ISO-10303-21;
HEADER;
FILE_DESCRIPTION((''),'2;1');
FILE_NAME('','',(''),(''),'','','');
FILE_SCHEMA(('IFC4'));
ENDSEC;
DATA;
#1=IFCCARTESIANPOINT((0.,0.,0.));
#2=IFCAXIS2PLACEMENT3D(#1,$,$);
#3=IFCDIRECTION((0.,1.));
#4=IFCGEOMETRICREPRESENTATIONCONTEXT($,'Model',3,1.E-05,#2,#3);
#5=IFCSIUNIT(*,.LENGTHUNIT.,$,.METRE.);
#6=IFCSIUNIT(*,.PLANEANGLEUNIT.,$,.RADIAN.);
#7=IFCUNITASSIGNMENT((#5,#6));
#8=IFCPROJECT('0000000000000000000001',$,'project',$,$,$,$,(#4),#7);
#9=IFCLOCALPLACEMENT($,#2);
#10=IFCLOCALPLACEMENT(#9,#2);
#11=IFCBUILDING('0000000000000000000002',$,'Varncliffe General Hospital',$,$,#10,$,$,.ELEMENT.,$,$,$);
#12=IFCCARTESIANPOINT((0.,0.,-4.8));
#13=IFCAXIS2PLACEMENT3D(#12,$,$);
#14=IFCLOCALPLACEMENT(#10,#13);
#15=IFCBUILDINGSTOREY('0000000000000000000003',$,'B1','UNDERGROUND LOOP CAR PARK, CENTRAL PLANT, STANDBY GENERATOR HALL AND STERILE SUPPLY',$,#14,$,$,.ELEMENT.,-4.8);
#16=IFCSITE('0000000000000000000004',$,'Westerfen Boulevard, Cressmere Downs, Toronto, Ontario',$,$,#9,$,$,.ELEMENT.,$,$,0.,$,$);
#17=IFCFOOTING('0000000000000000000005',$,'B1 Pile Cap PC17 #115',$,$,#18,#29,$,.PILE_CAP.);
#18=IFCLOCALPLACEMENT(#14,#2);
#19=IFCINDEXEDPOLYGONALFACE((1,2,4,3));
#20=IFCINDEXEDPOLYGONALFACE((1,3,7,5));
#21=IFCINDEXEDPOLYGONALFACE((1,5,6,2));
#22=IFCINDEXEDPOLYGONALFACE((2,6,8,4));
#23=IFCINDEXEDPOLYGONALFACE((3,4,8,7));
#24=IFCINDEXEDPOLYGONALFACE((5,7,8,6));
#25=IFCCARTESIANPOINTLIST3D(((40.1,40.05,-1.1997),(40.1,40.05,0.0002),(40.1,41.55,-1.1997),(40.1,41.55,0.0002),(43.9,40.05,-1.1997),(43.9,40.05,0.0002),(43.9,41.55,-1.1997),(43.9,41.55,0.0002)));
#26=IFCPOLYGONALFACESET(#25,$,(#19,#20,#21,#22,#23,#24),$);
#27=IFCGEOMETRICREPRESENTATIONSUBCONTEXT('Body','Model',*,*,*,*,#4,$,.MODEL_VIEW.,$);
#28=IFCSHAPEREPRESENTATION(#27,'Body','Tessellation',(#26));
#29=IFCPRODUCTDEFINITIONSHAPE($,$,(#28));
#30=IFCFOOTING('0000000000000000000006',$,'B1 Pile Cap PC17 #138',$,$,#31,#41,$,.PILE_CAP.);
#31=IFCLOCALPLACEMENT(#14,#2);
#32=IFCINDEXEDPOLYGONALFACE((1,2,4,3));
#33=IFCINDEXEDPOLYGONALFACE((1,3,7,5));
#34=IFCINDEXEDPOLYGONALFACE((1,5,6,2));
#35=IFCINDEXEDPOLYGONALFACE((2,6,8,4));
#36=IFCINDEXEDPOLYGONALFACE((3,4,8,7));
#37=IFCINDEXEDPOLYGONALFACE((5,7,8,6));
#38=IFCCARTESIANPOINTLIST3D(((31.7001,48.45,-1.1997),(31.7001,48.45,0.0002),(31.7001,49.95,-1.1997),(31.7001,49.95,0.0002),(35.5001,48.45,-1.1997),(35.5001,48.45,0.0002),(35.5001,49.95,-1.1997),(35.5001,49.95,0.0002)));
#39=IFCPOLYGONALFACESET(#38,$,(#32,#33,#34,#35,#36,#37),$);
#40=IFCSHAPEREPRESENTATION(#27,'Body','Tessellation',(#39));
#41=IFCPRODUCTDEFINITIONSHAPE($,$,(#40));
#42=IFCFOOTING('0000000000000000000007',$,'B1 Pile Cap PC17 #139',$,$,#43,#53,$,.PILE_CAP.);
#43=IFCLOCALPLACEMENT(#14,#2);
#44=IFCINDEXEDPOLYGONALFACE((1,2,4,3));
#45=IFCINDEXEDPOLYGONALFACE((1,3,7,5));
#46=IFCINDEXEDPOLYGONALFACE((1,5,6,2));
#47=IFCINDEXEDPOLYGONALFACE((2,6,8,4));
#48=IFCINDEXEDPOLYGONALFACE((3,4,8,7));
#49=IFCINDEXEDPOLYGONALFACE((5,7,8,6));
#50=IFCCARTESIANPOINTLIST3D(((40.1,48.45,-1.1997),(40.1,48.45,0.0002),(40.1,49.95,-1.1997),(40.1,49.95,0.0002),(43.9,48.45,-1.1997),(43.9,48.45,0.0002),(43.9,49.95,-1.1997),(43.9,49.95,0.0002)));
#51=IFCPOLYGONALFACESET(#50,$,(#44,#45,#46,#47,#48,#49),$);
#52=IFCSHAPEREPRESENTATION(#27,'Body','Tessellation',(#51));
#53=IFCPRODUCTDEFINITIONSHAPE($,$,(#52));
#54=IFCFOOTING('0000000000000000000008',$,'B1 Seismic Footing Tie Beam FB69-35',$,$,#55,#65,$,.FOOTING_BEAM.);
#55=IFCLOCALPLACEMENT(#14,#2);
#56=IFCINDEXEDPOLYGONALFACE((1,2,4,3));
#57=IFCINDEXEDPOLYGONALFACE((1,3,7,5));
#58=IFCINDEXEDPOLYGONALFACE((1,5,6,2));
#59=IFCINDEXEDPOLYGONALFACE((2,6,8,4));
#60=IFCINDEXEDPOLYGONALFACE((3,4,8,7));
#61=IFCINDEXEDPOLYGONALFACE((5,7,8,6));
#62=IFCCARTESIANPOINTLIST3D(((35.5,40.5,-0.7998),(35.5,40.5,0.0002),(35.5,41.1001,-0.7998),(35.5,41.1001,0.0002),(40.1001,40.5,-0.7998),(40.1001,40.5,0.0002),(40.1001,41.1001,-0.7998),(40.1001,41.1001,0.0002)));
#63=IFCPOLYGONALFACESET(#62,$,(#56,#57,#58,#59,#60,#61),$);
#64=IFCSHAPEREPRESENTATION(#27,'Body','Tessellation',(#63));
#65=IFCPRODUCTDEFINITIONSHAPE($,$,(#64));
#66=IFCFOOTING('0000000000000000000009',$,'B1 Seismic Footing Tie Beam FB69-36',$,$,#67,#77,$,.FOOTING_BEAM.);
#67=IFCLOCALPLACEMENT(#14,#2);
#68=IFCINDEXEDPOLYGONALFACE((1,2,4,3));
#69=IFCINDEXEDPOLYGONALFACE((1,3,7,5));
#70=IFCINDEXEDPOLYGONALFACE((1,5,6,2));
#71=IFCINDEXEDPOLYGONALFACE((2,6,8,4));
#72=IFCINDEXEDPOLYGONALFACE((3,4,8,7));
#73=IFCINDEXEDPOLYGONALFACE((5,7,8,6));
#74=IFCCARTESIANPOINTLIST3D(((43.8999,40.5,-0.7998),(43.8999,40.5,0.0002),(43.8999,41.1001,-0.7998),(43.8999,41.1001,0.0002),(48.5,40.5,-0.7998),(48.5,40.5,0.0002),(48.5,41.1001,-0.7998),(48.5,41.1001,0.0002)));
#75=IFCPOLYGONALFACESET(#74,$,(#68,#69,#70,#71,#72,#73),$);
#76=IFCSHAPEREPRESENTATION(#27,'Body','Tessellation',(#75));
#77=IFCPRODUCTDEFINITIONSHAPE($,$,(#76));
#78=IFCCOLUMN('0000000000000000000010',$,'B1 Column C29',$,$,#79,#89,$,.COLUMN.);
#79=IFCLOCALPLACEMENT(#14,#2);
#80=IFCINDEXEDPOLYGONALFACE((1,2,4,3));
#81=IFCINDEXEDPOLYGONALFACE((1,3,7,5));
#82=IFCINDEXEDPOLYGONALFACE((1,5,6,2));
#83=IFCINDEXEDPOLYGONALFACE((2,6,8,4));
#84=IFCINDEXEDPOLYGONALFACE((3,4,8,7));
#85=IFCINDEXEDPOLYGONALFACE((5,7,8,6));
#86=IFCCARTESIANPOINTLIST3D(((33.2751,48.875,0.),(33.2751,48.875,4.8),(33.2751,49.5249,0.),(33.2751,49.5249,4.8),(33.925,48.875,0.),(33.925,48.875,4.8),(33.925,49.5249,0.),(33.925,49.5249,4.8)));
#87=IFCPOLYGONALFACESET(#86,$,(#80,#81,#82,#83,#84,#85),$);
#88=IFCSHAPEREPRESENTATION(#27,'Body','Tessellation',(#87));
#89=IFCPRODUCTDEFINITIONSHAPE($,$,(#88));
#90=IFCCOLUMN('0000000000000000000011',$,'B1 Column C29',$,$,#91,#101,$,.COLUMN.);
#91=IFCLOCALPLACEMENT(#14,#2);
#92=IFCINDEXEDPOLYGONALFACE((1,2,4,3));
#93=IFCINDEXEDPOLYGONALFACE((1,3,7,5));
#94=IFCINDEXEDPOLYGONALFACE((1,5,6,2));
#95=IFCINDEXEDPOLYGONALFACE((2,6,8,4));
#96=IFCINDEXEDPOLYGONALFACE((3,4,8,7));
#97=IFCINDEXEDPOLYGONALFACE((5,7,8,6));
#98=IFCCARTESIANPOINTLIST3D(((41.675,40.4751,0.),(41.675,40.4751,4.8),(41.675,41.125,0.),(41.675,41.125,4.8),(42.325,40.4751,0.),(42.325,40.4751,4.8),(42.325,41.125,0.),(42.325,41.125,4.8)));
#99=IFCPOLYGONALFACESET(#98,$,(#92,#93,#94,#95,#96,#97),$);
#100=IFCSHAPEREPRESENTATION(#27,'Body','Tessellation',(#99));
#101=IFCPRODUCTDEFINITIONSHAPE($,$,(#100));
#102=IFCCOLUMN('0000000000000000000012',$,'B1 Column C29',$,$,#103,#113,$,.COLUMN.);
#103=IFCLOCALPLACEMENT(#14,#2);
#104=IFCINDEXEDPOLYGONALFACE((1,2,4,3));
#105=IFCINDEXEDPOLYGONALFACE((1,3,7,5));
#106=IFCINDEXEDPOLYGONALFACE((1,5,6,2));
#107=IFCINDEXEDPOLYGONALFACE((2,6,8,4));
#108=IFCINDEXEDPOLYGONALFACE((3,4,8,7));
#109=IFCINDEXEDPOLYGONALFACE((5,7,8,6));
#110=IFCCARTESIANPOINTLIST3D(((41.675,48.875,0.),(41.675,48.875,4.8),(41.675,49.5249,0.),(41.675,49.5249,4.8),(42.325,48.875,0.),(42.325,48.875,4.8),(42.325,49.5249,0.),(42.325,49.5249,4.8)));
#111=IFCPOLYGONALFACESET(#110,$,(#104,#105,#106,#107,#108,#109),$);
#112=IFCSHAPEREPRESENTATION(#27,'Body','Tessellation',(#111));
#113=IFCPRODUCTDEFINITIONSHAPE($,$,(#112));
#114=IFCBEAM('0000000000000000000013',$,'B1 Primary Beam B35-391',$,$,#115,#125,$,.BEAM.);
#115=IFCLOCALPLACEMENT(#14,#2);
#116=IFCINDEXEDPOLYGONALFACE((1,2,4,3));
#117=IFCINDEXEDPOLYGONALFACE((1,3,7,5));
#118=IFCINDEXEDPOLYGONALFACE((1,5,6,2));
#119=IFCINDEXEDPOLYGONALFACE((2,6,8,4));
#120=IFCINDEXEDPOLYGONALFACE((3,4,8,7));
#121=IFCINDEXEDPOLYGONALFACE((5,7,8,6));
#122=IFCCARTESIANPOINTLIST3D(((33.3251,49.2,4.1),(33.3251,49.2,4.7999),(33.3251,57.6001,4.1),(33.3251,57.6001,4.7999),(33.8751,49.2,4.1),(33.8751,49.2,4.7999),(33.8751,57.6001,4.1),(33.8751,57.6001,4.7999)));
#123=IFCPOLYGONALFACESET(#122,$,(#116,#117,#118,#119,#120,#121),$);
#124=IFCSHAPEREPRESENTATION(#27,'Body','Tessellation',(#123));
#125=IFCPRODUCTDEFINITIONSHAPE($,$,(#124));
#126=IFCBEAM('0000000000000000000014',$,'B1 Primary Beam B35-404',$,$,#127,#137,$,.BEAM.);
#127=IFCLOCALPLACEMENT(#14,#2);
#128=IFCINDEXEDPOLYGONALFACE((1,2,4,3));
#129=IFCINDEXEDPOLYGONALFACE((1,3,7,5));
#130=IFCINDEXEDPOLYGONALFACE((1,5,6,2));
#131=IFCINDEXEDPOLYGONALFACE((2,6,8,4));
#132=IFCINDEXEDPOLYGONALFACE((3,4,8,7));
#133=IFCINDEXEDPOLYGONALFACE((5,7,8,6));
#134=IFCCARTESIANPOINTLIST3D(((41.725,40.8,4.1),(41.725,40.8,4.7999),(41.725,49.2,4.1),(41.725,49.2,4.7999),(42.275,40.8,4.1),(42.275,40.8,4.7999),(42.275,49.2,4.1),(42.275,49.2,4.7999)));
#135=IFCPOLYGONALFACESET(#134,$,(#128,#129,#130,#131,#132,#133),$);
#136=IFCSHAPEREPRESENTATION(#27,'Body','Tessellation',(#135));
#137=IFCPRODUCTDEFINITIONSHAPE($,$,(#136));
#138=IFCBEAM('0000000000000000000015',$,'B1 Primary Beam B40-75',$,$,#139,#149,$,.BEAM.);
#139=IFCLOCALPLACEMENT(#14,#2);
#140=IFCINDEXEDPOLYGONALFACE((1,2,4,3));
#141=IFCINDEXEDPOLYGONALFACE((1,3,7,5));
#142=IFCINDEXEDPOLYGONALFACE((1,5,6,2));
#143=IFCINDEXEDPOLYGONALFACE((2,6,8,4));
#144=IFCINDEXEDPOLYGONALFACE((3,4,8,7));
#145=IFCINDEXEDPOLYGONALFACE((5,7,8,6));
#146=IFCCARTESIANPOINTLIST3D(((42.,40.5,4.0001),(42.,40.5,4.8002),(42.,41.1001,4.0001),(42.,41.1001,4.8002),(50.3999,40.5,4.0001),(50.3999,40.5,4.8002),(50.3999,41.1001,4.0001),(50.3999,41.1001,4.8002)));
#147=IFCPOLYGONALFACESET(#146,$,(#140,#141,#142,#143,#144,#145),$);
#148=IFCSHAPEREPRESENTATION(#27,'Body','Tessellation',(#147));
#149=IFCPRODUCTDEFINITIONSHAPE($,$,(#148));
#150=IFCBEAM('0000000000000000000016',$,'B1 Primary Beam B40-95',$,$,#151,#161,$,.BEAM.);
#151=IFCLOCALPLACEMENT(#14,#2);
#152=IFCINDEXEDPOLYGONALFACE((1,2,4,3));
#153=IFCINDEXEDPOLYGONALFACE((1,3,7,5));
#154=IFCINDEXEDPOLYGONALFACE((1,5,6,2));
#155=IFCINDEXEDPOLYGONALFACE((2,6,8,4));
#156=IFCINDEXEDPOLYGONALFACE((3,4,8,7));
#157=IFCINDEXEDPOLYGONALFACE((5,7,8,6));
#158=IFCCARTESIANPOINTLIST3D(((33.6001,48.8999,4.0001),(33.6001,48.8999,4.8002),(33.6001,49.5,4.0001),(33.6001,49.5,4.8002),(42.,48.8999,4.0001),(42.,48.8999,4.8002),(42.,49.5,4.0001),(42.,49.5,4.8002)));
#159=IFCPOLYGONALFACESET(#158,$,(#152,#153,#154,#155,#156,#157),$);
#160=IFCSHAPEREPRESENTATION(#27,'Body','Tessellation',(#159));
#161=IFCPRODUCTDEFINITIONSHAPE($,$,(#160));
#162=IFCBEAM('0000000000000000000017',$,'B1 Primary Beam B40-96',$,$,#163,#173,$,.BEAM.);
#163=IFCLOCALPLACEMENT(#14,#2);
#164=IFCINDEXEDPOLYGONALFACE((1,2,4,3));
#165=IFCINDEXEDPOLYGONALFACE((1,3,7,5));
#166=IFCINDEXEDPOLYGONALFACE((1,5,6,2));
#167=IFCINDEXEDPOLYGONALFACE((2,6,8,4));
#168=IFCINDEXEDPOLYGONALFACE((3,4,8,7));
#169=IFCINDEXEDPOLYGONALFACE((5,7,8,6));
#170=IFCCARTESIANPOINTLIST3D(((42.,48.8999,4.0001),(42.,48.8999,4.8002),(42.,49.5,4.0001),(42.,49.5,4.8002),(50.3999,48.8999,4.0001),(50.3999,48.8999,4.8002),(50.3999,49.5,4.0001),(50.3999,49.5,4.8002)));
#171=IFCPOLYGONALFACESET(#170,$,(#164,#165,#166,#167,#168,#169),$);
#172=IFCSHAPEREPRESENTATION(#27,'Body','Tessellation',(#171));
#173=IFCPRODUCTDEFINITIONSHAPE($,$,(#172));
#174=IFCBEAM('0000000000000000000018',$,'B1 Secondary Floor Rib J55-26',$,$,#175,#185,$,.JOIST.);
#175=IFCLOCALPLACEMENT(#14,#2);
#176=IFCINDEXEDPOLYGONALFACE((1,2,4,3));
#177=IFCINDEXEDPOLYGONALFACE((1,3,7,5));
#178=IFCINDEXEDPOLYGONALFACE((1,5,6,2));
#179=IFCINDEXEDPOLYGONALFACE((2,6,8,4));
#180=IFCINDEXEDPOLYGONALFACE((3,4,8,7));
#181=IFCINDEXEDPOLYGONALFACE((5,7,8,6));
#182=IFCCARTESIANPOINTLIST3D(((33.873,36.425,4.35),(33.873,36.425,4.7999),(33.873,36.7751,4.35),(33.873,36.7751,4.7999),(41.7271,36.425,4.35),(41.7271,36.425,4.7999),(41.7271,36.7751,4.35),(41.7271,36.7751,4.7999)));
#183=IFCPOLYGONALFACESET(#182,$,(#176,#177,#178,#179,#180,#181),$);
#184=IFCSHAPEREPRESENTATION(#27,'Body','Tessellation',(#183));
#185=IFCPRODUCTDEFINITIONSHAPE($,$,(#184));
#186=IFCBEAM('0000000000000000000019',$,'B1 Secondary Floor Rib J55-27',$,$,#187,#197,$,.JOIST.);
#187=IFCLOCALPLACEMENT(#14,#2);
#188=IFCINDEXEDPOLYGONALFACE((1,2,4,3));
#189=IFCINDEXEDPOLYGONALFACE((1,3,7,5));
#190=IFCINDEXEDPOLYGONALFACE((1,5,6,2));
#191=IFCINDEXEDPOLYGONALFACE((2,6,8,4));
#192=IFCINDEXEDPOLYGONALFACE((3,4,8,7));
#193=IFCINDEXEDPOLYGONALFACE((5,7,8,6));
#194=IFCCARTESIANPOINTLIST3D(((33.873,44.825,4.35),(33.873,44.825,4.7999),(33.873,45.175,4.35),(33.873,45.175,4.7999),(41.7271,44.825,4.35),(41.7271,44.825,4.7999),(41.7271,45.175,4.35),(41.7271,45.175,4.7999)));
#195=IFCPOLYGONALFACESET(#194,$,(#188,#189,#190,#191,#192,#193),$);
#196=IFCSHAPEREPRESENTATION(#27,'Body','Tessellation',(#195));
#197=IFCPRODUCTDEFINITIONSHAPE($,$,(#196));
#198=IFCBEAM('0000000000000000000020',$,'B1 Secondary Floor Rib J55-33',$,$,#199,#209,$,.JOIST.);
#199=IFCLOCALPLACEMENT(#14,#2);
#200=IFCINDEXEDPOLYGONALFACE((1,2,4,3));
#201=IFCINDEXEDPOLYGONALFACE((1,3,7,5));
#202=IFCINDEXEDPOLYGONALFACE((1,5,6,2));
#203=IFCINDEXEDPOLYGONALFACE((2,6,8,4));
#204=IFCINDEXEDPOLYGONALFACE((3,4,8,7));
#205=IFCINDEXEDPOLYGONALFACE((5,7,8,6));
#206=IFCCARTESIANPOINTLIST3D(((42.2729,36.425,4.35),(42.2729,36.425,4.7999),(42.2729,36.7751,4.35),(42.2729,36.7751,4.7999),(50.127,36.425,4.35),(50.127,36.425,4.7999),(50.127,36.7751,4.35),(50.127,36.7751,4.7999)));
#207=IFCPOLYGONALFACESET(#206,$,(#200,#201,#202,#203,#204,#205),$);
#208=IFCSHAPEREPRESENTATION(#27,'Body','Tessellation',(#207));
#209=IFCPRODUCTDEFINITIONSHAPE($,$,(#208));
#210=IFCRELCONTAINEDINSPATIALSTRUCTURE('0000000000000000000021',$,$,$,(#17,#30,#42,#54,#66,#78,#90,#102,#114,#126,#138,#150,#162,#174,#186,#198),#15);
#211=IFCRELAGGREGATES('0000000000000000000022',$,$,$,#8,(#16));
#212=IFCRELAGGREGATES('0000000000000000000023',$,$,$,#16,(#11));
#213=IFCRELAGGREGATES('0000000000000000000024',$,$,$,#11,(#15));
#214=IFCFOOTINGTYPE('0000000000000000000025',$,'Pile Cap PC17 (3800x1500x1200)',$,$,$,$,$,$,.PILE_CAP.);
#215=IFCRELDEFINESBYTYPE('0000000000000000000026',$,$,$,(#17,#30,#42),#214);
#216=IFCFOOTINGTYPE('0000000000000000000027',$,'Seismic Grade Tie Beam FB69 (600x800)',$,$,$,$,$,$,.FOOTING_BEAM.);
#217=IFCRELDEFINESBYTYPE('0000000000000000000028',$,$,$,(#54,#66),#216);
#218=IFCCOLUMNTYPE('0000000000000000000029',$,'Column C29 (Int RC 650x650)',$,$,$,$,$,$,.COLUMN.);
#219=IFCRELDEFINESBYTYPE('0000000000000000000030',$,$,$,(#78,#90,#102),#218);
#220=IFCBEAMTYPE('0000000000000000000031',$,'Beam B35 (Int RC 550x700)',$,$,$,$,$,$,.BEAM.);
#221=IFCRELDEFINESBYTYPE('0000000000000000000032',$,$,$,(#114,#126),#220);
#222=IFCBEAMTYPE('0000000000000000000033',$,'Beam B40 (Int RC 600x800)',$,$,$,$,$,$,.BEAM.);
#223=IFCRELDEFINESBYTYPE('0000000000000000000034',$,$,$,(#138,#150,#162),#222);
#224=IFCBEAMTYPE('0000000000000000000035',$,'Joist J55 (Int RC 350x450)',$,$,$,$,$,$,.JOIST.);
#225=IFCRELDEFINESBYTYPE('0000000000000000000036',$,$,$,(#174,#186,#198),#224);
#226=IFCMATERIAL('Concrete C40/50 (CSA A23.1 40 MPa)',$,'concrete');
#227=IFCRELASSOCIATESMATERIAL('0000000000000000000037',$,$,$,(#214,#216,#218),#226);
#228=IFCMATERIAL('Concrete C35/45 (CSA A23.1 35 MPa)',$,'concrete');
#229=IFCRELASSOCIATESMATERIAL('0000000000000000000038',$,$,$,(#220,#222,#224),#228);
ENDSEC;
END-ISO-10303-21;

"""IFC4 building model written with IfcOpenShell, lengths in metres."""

from ifc_helpers import new_model, si_unit, direction, frame, origin, origin_2d, place, context, subcontext, project, spatial, rectangle, extrude, material, material_profile, profile_set, type_object, element, save


model = new_model("IFC4")

# Units and contexts
model_context = context("Model", 3, precision=1e-05, world=origin(), true_north=direction((0.0, 1.0)))
body_context = subcontext(model_context, "Body", "Model", "MODEL_VIEW")
ifc_project = project(units=[si_unit("LENGTHUNIT", "METRE"), si_unit("PLANEANGLEUNIT", "RADIAN")], contexts=[model_context])

# Site, building, storey
site_placement = place(None, origin())
site = spatial("IfcSite", under=ifc_project, at=site_placement, Name="Westerfen Boulevard, Cressmere Downs, Toronto, Ontario", CompositionType="ELEMENT", RefElevation=0.0)
building_placement = place(site_placement, origin())
building = spatial("IfcBuilding", under=site, at=building_placement, Name="Varncliffe General Hospital", CompositionType="ELEMENT")
storey_placement = place(building_placement, frame((0.0, 0.0, -4.8)))
storey = spatial("IfcBuildingStorey", under=building, at=storey_placement, Name="B1", Description="UNDERGROUND LOOP CAR PARK, CENTRAL PLANT, STANDBY GENERATOR HALL AND STERILE SUPPLY", CompositionType="ELEMENT", Elevation=-4.8)

# Shared definitions
ifc_material_1 = material(Name="Concrete C40/50 (CSA A23.1 40 MPa)", Category="concrete")

# Footings
footing_type_1 = type_object("IfcFootingType", Name="Pile Cap PC17 (3800x1500x1200)", PredefinedType="PILE_CAP", material=ifc_material_1)
for number, where, z_axis, x_axis, name in (
    (1, (42.0, 40.8, -1.1997), (0.0, 0.0, 1.0), (1.0, 0.0, 0.0), "B1 Pile Cap PC17 #115"),
    (2, (33.6001, 49.2, -1.1997), (0.0, 0.0, 1.0), (1.0, 0.0, 0.0), "B1 Pile Cap PC17 #138"),
    (3, (42.0, 49.2, -1.1997), (0.0, 0.0, 1.0), (1.0, 0.0, 0.0), "B1 Pile Cap PC17 #139"),
):
    element("IfcFooting", number, at=place(storey_placement, frame(where, z_axis=z_axis, x_axis=x_axis)), inside=storey, type_object=footing_type_1, Name=name, PredefinedType="PILE_CAP", context=body_context, shape_type="SweptSolid", body=[
        extrude(rectangle(XDim=3.8, YDim=1.5, at=origin_2d()), origin(), (0.0, 0.0, 1.0), 1.2),
    ])
footing_type_2 = type_object("IfcFootingType", Name="Seismic Grade Tie Beam FB69 (600x800)", PredefinedType="FOOTING_BEAM", material=ifc_material_1)
for number, where, z_axis, x_axis, name in (
    (4, (37.8, 40.8, -0.7998), (0.0, 0.0, 1.0), (1.0, 0.0, 0.0), "B1 Seismic Footing Tie Beam FB69-35"),
    (5, (46.2, 40.8, -0.7998), (0.0, 0.0, 1.0), (1.0, 0.0, 0.0), "B1 Seismic Footing Tie Beam FB69-36"),
):
    element("IfcFooting", number, at=place(storey_placement, frame(where, z_axis=z_axis, x_axis=x_axis)), inside=storey, type_object=footing_type_2, Name=name, PredefinedType="FOOTING_BEAM", context=body_context, shape_type="SweptSolid", body=[
        extrude(rectangle(XDim=4.6001, YDim=0.6001, at=origin_2d()), origin(), (0.0, 0.0, 1.0), 0.8),
    ])

# Columns
ifc_material_profile_1 = material_profile(ifc_material_1, rectangle(XDim=0.6499, YDim=0.6499, at=origin_2d()), Name="RC 650x650")
ifc_profile_set_1 = profile_set([ifc_material_profile_1], Name="Concrete C40/50 (CSA A23.1 40 MPa)")
column_type = type_object("IfcColumnType", Name="Column C29 (Int RC 650x650)", PredefinedType="COLUMN", material=ifc_profile_set_1)
for number, where, z_axis, x_axis, name in (
    (6, (33.6001, 49.2, 0.0), (0.0, 0.0, 1.0), (1.0, 0.0, 0.0), "B1 Column C29"),
    (7, (42.0, 40.8, 0.0), (0.0, 0.0, 1.0), (1.0, 0.0, 0.0), "B1 Column C29"),
    (8, (42.0, 49.2, 0.0), (0.0, 0.0, 1.0), (1.0, 0.0, 0.0), "B1 Column C29"),
):
    element("IfcColumn", number, at=place(storey_placement, frame(where, z_axis=z_axis, x_axis=x_axis)), inside=storey, type_object=column_type, Name=name, PredefinedType="COLUMN", context=body_context, shape_type="SweptSolid", body=[
        extrude(rectangle(XDim=0.6499, YDim=0.6499, at=origin_2d()), origin(), (0.0, 0.0, 1.0), 4.8),
    ])

# Beams
ifc_material_2 = material(Name="Concrete C35/45 (CSA A23.1 35 MPa)", Category="concrete")
ifc_material_profile_2 = material_profile(ifc_material_2, rectangle(XDim=0.55, YDim=0.7, at=origin_2d()), Name="RC 550x700")
ifc_profile_set_2 = profile_set([ifc_material_profile_2], Name="Concrete C35/45 (CSA A23.1 35 MPa)")
beam_type_1 = type_object("IfcBeamType", Name="Beam B35 (Int RC 550x700)", PredefinedType="BEAM", material=ifc_profile_set_2)
beam_1_placement = place(storey_placement, frame((33.6001, 49.2, 4.45), z_axis=(0.0, 1.0, 0.0), x_axis=(-1.0, 0.0, 0.0)))
element("IfcBeam", 9, at=beam_1_placement, inside=storey, type_object=beam_type_1, Name="B1 Primary Beam B35-391", PredefinedType="BEAM", context=body_context, shape_type="SweptSolid", body=[
    extrude(rectangle(XDim=0.55, YDim=0.7, at=origin_2d()), origin(), (0.0, 0.0, 1.0), 8.4001),
])
beam_2_placement = place(storey_placement, frame((42.0, 40.8, 4.45), z_axis=(0.0, 1.0, 0.0), x_axis=(-1.0, 0.0, 0.0)))
element("IfcBeam", 10, at=beam_2_placement, inside=storey, type_object=beam_type_1, Name="B1 Primary Beam B35-404", PredefinedType="BEAM", context=body_context, shape_type="SweptSolid", body=[
    extrude(rectangle(XDim=0.55, YDim=0.7, at=origin_2d()), origin(), (0.0, 0.0, 1.0), 8.3999),
])
ifc_material_profile_3 = material_profile(ifc_material_2, rectangle(XDim=0.6001, YDim=0.8, at=origin_2d()), Name="RC 600x800")
ifc_profile_set_3 = profile_set([ifc_material_profile_3], Name="Concrete C35/45 (CSA A23.1 35 MPa)")
beam_type_2 = type_object("IfcBeamType", Name="Beam B40 (Int RC 600x800)", PredefinedType="BEAM", material=ifc_profile_set_3)
for number, where, z_axis, x_axis, name in (
    (11, (42.0, 40.8, 4.4001), (1.0, 0.0, 0.0), (0.0, 1.0, 0.0), "B1 Primary Beam B40-75"),
    (12, (33.6001, 49.2, 4.4001), (1.0, 0.0, 0.0), (0.0, 1.0, 0.0), "B1 Primary Beam B40-95"),
    (13, (42.0, 49.2, 4.4001), (1.0, 0.0, 0.0), (0.0, 1.0, 0.0), "B1 Primary Beam B40-96"),
):
    element("IfcBeam", number, at=place(storey_placement, frame(where, z_axis=z_axis, x_axis=x_axis)), inside=storey, type_object=beam_type_2, Name=name, PredefinedType="BEAM", context=body_context, shape_type="SweptSolid", body=[
        extrude(rectangle(XDim=0.6001, YDim=0.8, at=origin_2d()), origin(), (0.0, 0.0, 1.0), 8.3999),
    ])
ifc_material_profile_4 = material_profile(ifc_material_2, rectangle(XDim=0.3501, YDim=0.45, at=origin_2d()), Name="RC 350x450")
ifc_profile_set_4 = profile_set([ifc_material_profile_4], Name="Concrete C35/45 (CSA A23.1 35 MPa)")
beam_type_3 = type_object("IfcBeamType", Name="Joist J55 (Int RC 350x450)", PredefinedType="JOIST", material=ifc_profile_set_4)
for number, where, z_axis, x_axis, name in (
    (14, (33.873, 36.6001, 4.575), (1.0, 0.0, 0.0), (0.0, 1.0, 0.0), "B1 Secondary Floor Rib J55-26"),
    (15, (33.873, 45.0, 4.575), (1.0, 0.0, 0.0), (0.0, 1.0, 0.0), "B1 Secondary Floor Rib J55-27"),
    (16, (42.2729, 36.6001, 4.575), (1.0, 0.0, 0.0), (0.0, 1.0, 0.0), "B1 Secondary Floor Rib J55-33"),
):
    element("IfcBeam", number, at=place(storey_placement, frame(where, z_axis=z_axis, x_axis=x_axis)), inside=storey, type_object=beam_type_3, Name=name, PredefinedType="JOIST", context=body_context, shape_type="SweptSolid", body=[
        extrude(rectangle(XDim=0.3501, YDim=0.45, at=origin_2d()), origin(), (0.0, 0.0, 1.0), 7.854),
    ])

save(model, "model.ifc")
